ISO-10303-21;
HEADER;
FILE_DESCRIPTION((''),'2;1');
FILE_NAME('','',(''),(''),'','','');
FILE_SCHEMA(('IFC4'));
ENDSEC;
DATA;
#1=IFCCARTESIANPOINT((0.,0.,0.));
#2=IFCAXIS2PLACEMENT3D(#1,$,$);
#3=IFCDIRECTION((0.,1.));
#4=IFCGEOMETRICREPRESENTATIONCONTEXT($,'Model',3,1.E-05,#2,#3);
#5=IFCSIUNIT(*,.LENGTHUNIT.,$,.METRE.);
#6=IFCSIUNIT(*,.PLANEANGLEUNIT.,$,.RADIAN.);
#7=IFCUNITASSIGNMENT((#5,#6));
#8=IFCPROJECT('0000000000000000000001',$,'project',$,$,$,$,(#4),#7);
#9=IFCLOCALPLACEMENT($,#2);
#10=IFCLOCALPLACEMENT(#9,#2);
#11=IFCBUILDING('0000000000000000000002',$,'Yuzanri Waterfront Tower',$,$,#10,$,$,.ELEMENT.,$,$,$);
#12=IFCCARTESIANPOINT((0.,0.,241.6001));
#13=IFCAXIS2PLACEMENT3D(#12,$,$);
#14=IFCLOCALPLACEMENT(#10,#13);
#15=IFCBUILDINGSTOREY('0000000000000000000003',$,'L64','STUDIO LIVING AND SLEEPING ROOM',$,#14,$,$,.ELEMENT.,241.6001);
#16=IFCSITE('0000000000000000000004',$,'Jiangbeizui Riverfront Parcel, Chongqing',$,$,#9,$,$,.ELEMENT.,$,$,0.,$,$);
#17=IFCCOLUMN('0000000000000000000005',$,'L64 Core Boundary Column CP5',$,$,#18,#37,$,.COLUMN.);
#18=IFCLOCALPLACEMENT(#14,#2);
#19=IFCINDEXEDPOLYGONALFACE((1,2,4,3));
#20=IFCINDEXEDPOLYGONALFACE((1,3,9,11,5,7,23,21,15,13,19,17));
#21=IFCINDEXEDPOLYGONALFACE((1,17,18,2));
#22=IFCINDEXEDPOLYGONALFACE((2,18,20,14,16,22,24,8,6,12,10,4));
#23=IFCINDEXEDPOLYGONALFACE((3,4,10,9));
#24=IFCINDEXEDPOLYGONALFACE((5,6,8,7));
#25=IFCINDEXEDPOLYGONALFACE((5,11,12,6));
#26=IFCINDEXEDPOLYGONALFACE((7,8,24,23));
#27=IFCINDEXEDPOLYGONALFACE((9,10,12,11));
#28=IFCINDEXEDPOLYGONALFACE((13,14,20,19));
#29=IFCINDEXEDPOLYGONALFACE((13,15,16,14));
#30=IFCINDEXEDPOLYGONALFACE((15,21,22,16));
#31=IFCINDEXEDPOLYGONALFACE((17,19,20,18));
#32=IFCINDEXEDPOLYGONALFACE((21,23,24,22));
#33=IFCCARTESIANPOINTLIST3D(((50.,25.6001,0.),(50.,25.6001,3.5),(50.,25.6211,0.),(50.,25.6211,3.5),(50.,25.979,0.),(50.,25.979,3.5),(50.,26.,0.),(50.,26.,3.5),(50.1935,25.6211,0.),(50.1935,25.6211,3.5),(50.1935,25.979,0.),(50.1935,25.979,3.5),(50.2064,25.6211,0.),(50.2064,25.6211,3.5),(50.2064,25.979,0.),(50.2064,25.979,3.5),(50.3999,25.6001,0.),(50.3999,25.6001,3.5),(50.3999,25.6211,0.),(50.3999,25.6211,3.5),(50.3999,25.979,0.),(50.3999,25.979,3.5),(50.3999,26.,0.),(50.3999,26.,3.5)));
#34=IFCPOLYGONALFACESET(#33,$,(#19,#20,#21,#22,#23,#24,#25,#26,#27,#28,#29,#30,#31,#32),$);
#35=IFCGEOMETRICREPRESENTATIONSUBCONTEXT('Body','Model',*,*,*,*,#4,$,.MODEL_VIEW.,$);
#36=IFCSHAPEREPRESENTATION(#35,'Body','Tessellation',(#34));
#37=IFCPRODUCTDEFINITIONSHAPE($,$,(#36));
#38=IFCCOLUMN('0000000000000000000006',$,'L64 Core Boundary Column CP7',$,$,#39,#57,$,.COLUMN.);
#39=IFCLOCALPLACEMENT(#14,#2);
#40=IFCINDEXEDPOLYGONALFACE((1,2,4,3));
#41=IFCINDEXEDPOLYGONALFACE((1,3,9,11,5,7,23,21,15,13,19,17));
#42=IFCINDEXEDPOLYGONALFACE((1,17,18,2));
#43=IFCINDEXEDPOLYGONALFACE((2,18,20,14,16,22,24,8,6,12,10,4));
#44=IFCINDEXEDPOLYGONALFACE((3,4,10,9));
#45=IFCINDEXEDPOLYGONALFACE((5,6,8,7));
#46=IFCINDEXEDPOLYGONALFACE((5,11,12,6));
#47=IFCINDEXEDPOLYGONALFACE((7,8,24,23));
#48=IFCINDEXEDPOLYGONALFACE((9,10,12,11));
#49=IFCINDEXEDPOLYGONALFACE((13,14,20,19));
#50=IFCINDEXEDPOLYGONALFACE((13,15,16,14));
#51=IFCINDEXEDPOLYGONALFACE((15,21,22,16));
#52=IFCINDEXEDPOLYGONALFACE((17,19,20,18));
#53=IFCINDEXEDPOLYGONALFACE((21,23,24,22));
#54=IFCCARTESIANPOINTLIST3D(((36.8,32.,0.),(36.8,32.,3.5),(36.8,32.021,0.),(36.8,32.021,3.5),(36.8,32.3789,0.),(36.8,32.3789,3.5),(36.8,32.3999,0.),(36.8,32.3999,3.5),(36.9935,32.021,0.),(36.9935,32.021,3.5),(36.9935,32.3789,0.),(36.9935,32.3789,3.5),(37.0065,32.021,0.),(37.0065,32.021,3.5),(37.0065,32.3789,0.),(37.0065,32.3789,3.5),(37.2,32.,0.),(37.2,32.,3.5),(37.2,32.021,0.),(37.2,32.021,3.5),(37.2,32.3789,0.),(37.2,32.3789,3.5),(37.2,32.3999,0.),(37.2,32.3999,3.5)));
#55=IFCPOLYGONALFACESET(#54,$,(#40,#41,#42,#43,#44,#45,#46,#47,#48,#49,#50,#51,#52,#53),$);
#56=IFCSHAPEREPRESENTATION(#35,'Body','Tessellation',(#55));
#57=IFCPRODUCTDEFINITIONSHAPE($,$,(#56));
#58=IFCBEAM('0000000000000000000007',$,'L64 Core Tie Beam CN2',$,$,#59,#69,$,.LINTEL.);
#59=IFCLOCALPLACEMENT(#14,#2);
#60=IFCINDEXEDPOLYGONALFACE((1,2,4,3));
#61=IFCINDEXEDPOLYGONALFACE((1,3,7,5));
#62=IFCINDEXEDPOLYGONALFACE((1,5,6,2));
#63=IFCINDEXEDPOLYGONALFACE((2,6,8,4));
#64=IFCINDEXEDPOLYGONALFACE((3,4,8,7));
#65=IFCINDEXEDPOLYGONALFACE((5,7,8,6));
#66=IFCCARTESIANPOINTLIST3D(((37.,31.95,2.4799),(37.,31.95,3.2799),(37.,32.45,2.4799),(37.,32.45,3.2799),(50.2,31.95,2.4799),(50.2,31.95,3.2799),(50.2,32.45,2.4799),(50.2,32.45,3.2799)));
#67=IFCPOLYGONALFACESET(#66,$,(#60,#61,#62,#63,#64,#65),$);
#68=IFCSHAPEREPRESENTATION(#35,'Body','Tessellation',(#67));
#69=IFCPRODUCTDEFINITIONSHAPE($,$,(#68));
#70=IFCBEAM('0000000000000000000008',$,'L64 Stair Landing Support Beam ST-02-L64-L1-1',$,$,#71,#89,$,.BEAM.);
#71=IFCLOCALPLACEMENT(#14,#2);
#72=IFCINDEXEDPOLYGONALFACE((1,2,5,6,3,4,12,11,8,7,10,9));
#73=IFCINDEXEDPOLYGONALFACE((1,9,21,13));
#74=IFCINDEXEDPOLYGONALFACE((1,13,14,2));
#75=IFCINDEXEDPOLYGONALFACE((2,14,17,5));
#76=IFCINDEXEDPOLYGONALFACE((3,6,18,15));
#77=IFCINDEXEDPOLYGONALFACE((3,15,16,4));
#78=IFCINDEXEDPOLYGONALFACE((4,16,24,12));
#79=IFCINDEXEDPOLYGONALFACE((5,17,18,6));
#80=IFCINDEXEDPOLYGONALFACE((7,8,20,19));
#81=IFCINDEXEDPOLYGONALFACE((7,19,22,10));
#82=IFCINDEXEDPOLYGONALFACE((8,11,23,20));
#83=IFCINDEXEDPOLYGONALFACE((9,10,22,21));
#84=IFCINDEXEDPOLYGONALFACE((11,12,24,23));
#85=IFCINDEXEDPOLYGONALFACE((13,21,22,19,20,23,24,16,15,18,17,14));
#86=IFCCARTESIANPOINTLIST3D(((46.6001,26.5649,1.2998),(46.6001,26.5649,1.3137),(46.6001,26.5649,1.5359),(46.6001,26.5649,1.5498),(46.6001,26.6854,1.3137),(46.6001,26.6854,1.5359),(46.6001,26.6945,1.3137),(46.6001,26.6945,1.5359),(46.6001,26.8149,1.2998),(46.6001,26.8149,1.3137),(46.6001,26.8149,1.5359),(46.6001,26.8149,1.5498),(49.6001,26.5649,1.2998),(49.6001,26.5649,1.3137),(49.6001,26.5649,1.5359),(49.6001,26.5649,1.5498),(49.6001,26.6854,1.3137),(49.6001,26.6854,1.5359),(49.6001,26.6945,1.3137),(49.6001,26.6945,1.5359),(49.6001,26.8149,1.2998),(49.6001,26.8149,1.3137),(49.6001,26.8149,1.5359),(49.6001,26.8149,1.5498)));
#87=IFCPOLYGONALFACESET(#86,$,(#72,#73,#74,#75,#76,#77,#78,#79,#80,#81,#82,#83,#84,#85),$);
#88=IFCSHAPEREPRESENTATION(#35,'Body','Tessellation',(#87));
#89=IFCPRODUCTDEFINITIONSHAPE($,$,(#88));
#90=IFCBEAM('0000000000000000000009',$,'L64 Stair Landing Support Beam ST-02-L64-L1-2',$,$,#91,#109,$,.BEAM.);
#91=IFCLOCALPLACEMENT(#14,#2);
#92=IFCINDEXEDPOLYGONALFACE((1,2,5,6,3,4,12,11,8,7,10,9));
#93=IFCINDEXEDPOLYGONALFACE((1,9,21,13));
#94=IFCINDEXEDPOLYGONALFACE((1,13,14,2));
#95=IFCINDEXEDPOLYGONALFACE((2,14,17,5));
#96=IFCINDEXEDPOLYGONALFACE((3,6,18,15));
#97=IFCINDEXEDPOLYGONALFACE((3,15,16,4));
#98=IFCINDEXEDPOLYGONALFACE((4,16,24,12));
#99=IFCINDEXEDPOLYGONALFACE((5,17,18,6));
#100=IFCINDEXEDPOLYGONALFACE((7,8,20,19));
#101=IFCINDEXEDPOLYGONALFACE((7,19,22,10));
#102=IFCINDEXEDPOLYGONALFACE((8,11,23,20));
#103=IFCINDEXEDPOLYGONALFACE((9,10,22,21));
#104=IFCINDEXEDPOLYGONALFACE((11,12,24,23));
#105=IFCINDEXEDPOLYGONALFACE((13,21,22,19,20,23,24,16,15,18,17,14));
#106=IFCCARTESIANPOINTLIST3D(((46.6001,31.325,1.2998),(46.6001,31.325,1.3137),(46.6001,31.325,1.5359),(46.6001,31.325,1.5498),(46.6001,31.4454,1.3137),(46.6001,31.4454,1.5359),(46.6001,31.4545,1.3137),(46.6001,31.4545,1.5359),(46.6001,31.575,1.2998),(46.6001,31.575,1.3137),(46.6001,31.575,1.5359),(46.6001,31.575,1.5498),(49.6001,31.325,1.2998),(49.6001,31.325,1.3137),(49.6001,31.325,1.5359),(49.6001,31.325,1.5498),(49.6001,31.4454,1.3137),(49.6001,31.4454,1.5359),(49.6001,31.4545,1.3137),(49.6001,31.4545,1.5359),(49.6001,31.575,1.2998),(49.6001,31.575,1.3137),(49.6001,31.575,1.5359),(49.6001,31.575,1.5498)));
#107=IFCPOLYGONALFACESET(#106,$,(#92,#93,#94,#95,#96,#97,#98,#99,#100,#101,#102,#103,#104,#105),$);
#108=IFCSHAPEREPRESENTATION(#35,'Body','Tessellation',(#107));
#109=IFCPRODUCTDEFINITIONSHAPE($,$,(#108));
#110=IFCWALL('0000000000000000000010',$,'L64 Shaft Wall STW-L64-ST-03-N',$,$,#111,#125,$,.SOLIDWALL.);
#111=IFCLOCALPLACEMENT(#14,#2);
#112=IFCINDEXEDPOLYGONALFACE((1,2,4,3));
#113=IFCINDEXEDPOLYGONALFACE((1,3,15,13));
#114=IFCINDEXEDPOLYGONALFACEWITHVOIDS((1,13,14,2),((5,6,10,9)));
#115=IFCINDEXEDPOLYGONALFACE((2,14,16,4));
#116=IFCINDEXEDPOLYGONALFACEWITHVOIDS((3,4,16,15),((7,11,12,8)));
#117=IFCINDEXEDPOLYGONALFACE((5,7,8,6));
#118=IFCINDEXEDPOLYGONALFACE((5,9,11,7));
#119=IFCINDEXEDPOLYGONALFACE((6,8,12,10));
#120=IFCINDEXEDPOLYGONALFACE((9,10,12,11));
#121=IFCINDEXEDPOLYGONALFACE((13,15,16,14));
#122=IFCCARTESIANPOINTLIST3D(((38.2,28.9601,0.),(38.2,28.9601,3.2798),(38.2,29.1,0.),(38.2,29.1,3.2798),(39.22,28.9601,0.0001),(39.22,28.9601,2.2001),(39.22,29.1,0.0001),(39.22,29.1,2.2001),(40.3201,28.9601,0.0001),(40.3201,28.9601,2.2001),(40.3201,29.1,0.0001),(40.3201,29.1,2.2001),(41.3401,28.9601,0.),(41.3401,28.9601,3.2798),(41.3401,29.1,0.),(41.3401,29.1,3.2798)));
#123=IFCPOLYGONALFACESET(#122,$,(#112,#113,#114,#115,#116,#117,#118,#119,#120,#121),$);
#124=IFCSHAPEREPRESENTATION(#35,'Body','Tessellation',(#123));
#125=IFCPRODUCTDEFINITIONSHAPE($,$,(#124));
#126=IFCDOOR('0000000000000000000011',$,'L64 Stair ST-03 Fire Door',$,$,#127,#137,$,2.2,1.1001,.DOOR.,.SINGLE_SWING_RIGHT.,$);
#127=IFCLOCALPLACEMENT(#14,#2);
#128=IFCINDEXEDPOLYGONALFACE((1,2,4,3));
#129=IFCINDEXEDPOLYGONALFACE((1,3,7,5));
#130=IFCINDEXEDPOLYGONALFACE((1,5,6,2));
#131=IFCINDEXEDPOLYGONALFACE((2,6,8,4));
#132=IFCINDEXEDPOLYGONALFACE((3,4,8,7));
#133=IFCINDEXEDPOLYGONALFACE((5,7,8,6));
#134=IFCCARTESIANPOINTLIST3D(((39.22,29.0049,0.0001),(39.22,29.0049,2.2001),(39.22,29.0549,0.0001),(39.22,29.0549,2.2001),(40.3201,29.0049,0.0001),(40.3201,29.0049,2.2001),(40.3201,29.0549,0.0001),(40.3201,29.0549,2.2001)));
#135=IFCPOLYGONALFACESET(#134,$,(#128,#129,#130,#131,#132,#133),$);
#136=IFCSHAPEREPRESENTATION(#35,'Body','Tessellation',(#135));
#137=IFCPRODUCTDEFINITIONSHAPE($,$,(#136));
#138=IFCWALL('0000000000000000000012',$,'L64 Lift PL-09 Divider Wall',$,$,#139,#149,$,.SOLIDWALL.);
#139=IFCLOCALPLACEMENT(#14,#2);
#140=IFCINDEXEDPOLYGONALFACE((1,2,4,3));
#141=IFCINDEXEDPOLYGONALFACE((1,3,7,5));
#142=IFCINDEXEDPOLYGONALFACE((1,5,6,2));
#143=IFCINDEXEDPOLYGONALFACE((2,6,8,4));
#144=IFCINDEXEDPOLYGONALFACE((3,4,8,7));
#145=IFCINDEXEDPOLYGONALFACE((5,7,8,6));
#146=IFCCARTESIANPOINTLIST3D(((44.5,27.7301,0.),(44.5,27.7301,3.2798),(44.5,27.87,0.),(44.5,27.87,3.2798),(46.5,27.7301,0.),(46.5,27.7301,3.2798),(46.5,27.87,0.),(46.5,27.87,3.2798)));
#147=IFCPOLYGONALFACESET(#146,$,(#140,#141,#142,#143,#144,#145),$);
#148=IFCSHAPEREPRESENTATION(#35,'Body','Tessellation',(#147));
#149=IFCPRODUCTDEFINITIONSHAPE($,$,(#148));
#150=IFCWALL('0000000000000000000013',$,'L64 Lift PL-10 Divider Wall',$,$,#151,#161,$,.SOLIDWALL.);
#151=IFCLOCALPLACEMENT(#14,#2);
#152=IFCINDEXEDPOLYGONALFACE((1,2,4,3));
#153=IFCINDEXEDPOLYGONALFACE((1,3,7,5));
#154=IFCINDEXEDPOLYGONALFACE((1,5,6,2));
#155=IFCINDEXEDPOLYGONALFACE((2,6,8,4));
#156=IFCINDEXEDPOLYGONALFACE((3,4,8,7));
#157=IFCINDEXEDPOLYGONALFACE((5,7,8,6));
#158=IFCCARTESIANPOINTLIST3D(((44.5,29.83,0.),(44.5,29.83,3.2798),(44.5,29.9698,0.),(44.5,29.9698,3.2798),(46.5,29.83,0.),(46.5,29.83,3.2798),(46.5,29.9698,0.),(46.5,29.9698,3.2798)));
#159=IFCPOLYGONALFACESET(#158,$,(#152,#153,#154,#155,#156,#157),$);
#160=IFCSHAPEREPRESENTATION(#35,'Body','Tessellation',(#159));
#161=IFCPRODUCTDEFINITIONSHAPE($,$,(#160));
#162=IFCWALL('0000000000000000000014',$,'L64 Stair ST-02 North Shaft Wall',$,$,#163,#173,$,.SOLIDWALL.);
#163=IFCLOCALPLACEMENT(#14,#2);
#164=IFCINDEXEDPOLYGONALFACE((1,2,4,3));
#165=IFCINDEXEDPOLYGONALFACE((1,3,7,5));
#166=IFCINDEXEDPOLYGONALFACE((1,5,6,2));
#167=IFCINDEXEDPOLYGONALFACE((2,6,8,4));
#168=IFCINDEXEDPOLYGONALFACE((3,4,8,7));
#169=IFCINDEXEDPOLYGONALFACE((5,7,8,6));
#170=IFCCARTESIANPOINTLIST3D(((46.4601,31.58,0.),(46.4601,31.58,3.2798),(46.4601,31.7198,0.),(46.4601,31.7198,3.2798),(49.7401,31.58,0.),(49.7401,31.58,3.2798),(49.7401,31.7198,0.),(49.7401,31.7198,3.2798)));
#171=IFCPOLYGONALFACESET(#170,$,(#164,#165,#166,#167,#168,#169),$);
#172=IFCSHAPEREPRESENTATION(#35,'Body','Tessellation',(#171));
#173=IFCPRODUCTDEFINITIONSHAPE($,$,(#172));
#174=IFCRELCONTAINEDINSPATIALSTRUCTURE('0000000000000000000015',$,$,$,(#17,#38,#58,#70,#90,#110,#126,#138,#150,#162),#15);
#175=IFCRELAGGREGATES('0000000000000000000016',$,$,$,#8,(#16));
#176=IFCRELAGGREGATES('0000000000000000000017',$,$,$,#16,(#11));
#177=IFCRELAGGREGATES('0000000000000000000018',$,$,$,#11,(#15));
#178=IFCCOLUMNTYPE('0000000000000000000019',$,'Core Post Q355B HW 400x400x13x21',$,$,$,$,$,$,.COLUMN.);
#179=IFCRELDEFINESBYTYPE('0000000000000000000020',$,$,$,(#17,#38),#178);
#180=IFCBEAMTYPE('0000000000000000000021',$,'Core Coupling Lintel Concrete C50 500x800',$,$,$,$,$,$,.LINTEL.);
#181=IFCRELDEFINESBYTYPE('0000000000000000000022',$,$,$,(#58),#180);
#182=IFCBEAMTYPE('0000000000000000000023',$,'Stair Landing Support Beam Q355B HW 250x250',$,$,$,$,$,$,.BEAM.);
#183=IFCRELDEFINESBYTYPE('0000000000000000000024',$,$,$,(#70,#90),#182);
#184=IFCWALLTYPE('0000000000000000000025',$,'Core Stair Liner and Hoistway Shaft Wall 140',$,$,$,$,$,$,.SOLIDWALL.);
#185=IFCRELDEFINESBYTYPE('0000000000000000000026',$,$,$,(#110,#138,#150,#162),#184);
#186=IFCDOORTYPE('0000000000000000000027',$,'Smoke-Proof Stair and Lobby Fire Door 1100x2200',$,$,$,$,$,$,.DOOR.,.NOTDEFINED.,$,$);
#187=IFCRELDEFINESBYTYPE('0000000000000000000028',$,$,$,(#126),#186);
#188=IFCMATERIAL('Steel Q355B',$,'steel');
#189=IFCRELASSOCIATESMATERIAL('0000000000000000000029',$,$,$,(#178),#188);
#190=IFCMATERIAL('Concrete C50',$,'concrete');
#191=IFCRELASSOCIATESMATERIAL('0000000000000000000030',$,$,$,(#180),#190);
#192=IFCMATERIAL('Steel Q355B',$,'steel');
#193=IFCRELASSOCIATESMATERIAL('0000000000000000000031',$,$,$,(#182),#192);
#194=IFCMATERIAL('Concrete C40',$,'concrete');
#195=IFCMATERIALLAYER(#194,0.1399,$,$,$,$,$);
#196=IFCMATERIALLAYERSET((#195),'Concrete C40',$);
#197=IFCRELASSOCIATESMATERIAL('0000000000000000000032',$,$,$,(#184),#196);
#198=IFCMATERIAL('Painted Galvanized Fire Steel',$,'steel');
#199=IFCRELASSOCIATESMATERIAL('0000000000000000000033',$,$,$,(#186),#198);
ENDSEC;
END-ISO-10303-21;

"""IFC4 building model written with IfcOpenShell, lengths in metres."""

from ifc_helpers import new_model, si_unit, direction, frame, frame_2d, origin, origin_2d, place, context, subcontext, project, spatial, rectangle, i_section, extrude, source, transform, mapped, material, layer, layer_set, material_profile, profile_set, type_object, element, fill, save


model = new_model("IFC4")

# Units and contexts
model_context = context("Model", 3, precision=1e-05, world=origin(), true_north=direction((0.0, 1.0)))
body_context = subcontext(model_context, "Body", "Model", "MODEL_VIEW")
ifc_project = project(units=[si_unit("LENGTHUNIT", "METRE"), si_unit("PLANEANGLEUNIT", "RADIAN")], contexts=[model_context])

# Site, building, storey
site_placement = place(None, origin())
site = spatial("IfcSite", under=ifc_project, at=site_placement, Name="Jiangbeizui Riverfront Parcel, Chongqing", CompositionType="ELEMENT", RefElevation=0.0)
building_placement = place(site_placement, origin())
building = spatial("IfcBuilding", under=site, at=building_placement, Name="Yuzanri Waterfront Tower", CompositionType="ELEMENT")
storey_placement = place(building_placement, frame((0.0, 0.0, 241.6001)))
storey = spatial("IfcBuildingStorey", under=building, at=storey_placement, Name="L64", Description="STUDIO LIVING AND SLEEPING ROOM", CompositionType="ELEMENT", Elevation=241.6001)

# Columns
ifc_material_1 = material(Name="Steel Q355B", Category="steel")
ifc_material_profile_1 = material_profile(ifc_material_1, i_section(OverallWidth=0.3999, OverallDepth=0.3999, WebThickness=0.0129, FlangeThickness=0.021, at=origin_2d()), Name="HW 400x400x13x21")
ifc_profile_set_1 = profile_set([ifc_material_profile_1], Name="Steel Q355B")
column_type = type_object("IfcColumnType", Name="Core Post Q355B HW 400x400x13x21", PredefinedType="COLUMN", material=ifc_profile_set_1)
shared_shape_1 = source(origin(), body_context, "Body", "SweptSolid", [
    extrude(i_section(OverallWidth=0.3999, OverallDepth=0.3999, WebThickness=0.0129, FlangeThickness=0.021, at=origin_2d()), origin(), (0.0, 0.0, 1.0), 3.5),
])
for number, where, z_axis, x_axis, name in (
    (1, (50.2, 25.8, 0.0), (0.0, 0.0, 1.0), (1.0, 0.0, 0.0), "L64 Core Boundary Column CP5"),
    (2, (37.0, 32.2, 0.0), (0.0, 0.0, 1.0), (1.0, 0.0, 0.0), "L64 Core Boundary Column CP7"),
):
    element("IfcColumn", number, at=place(storey_placement, frame(where, z_axis=z_axis, x_axis=x_axis)), inside=storey, type_object=column_type, Name=name, PredefinedType="COLUMN", context=body_context, shape_type="MappedRepresentation", body=[
        mapped(shared_shape_1, transform((0.0, 0.0, 0.0), scale=1.0)),
    ])

# Beams
ifc_material_2 = material(Name="Concrete C50", Category="concrete")
ifc_material_profile_2 = material_profile(ifc_material_2, rectangle(XDim=0.5, YDim=0.8, at=origin_2d()), Name="RC 500x800")
ifc_profile_set_2 = profile_set([ifc_material_profile_2], Name="Concrete C50")
beam_type_1 = type_object("IfcBeamType", Name="Core Coupling Lintel Concrete C50 500x800", PredefinedType="LINTEL", material=ifc_profile_set_2)
shared_shape_2 = source(origin(), body_context, "Body", "SweptSolid", [
    extrude(rectangle(XDim=0.5, YDim=0.8, at=origin_2d()), origin(), (0.0, 0.0, 1.0), 13.2),
])
beam_placement = place(storey_placement, frame((37.0, 32.2, 2.8799), z_axis=(1.0, 0.0, 0.0), x_axis=(0.0, 1.0, 0.0)))
element("IfcBeam", 3, at=beam_placement, inside=storey, type_object=beam_type_1, Name="L64 Core Tie Beam CN2", PredefinedType="LINTEL", context=body_context, shape_type="MappedRepresentation", body=[
    mapped(shared_shape_2, transform((0.0, 0.0, 0.0), scale=1.0)),
])
ifc_material_3 = material(Name="Steel Q355B", Category="steel")
ifc_material_profile_3 = material_profile(ifc_material_3, i_section(OverallWidth=0.25, OverallDepth=0.25, WebThickness=0.009, FlangeThickness=0.0139, at=origin_2d()), Name="HW 250x250x9x14")
ifc_profile_set_3 = profile_set([ifc_material_profile_3], Name="Steel Q355B")
beam_type_2 = type_object("IfcBeamType", Name="Stair Landing Support Beam Q355B HW 250x250", PredefinedType="BEAM", material=ifc_profile_set_3)
shared_shape_3 = source(origin(), body_context, "Body", "SweptSolid", [
    extrude(i_section(OverallWidth=0.25, OverallDepth=0.25, WebThickness=0.009, FlangeThickness=0.0139, at=origin_2d()), origin(), (0.0, 0.0, 1.0), 3.0),
])
for number, where, z_axis, x_axis, name in (
    (4, (46.6001, 26.6899, 1.4248), (1.0, 0.0, 0.0), (0.0, 1.0, 0.0), "L64 Stair Landing Support Beam ST-02-L64-L1-1"),
    (5, (46.6001, 31.45, 1.4248), (1.0, 0.0, 0.0), (0.0, 1.0, 0.0), "L64 Stair Landing Support Beam ST-02-L64-L1-2"),
):
    element("IfcBeam", number, at=place(storey_placement, frame(where, z_axis=z_axis, x_axis=x_axis)), inside=storey, type_object=beam_type_2, Name=name, PredefinedType="BEAM", context=body_context, shape_type="MappedRepresentation", body=[
        mapped(shared_shape_3, transform((0.0, 0.0, 0.0), scale=1.0)),
    ])

# Wall, opening, door
ifc_material_4 = material(Name="Concrete C40", Category="concrete")
ifc_layer_1 = layer(ifc_material_4, 0.1399)
ifc_layer_set_1 = layer_set([ifc_layer_1], Name="Concrete C40")
wall_type_1 = type_object("IfcWallType", Name="Core Stair Liner and Hoistway Shaft Wall 140", PredefinedType="SOLIDWALL", material=ifc_layer_set_1)
wall_1_placement = place(storey_placement, frame((38.2, 29.03, 0.0), z_axis=(0.0, 0.0, 1.0), x_axis=(1.0, 0.0, 0.0)))
wall_1 = element("IfcWall", 6, at=wall_1_placement, inside=storey, type_object=wall_type_1, Name="L64 Shaft Wall STW-L64-ST-03-N", PredefinedType="SOLIDWALL", context=body_context, shape_type="SweptSolid", body=[
    extrude(rectangle(XDim=3.1401, YDim=0.1399, at=frame_2d((1.5701, 0.0))), origin(), (0.0, 0.0, 1.0), 3.2798),
])
opening_placement = place(wall_1_placement, frame((1.02, 0.0, 0.0)))
opening = element("IfcOpeningElement", 7, at=opening_placement, cuts=wall_1, PredefinedType="OPENING", context=body_context, shape_type="SweptSolid", body=[
    extrude(rectangle(XDim=1.1001, YDim=2.2, at=frame_2d((0.55, 1.1001))), frame((0.0, 0.085, 0.0), z_axis=(0.0, -1.0, 0.0), x_axis=(1.0, 0.0, 0.0)), (0.0, 0.0, 1.0), 0.1697),
])
ifc_material_5 = material(Name="Painted Galvanized Fire Steel", Category="steel")
door_type = type_object("IfcDoorType", Name="Smoke-Proof Stair and Lobby Fire Door 1100x2200", OperationType="NOTDEFINED", PredefinedType="DOOR", material=ifc_material_5)
shared_shape_4 = source(origin(), body_context, "Body", "SweptSolid", [
    extrude(rectangle(XDim=1.1001, YDim=2.2, at=frame_2d((0.55, 1.1001))), frame((0.0, 0.0249, 0.0), z_axis=(0.0, -1.0, 0.0), x_axis=(1.0, 0.0, 0.0)), (0.0, 0.0, 1.0), 0.05),
])
door_placement = place(opening_placement, origin())
door = element("IfcDoor", 8, at=door_placement, inside=storey, type_object=door_type, Name="L64 Stair ST-03 Fire Door", OperationType="SINGLE_SWING_RIGHT", OverallHeight=2.2, OverallWidth=1.1001, PredefinedType="DOOR", context=body_context, shape_type="MappedRepresentation", body=[
    mapped(shared_shape_4, transform((0.0, 0.0, 0.0), scale=1.0)),
])
fill(opening, door)

# Walls
shared_shape_5 = source(origin(), body_context, "Body", "SweptSolid", [
    extrude(rectangle(XDim=2.0, YDim=0.1399, at=frame_2d((1.0, 0.0))), origin(), (0.0, 0.0, 1.0), 3.2798),
])
for number, where, z_axis, x_axis, name in (
    (9, (44.5, 27.8, 0.0), (0.0, 0.0, 1.0), (1.0, 0.0, 0.0), "L64 Lift PL-09 Divider Wall"),
    (10, (44.5, 29.8999, 0.0), (0.0, 0.0, 1.0), (1.0, 0.0, 0.0), "L64 Lift PL-10 Divider Wall"),
):
    element("IfcWall", number, at=place(storey_placement, frame(where, z_axis=z_axis, x_axis=x_axis)), inside=storey, type_object=wall_type_1, Name=name, PredefinedType="SOLIDWALL", context=body_context, shape_type="MappedRepresentation", body=[
        mapped(shared_shape_5, transform((0.0, 0.0, 0.0), scale=1.0)),
    ])
shared_shape_6 = source(origin(), body_context, "Body", "SweptSolid", [
    extrude(rectangle(XDim=3.28, YDim=0.1399, at=frame_2d((1.6401, 0.0))), origin(), (0.0, 0.0, 1.0), 3.2798),
])
wall_2_placement = place(storey_placement, frame((46.46, 31.6499, 0.0), z_axis=(0.0, 0.0, 1.0), x_axis=(1.0, 0.0, 0.0)))
element("IfcWall", 11, at=wall_2_placement, inside=storey, type_object=wall_type_1, Name="L64 Stair ST-02 North Shaft Wall", PredefinedType="SOLIDWALL", context=body_context, shape_type="MappedRepresentation", body=[
    mapped(shared_shape_6, transform((0.0, 0.0, 0.0), scale=1.0)),
])

save(model, "model.ifc")
